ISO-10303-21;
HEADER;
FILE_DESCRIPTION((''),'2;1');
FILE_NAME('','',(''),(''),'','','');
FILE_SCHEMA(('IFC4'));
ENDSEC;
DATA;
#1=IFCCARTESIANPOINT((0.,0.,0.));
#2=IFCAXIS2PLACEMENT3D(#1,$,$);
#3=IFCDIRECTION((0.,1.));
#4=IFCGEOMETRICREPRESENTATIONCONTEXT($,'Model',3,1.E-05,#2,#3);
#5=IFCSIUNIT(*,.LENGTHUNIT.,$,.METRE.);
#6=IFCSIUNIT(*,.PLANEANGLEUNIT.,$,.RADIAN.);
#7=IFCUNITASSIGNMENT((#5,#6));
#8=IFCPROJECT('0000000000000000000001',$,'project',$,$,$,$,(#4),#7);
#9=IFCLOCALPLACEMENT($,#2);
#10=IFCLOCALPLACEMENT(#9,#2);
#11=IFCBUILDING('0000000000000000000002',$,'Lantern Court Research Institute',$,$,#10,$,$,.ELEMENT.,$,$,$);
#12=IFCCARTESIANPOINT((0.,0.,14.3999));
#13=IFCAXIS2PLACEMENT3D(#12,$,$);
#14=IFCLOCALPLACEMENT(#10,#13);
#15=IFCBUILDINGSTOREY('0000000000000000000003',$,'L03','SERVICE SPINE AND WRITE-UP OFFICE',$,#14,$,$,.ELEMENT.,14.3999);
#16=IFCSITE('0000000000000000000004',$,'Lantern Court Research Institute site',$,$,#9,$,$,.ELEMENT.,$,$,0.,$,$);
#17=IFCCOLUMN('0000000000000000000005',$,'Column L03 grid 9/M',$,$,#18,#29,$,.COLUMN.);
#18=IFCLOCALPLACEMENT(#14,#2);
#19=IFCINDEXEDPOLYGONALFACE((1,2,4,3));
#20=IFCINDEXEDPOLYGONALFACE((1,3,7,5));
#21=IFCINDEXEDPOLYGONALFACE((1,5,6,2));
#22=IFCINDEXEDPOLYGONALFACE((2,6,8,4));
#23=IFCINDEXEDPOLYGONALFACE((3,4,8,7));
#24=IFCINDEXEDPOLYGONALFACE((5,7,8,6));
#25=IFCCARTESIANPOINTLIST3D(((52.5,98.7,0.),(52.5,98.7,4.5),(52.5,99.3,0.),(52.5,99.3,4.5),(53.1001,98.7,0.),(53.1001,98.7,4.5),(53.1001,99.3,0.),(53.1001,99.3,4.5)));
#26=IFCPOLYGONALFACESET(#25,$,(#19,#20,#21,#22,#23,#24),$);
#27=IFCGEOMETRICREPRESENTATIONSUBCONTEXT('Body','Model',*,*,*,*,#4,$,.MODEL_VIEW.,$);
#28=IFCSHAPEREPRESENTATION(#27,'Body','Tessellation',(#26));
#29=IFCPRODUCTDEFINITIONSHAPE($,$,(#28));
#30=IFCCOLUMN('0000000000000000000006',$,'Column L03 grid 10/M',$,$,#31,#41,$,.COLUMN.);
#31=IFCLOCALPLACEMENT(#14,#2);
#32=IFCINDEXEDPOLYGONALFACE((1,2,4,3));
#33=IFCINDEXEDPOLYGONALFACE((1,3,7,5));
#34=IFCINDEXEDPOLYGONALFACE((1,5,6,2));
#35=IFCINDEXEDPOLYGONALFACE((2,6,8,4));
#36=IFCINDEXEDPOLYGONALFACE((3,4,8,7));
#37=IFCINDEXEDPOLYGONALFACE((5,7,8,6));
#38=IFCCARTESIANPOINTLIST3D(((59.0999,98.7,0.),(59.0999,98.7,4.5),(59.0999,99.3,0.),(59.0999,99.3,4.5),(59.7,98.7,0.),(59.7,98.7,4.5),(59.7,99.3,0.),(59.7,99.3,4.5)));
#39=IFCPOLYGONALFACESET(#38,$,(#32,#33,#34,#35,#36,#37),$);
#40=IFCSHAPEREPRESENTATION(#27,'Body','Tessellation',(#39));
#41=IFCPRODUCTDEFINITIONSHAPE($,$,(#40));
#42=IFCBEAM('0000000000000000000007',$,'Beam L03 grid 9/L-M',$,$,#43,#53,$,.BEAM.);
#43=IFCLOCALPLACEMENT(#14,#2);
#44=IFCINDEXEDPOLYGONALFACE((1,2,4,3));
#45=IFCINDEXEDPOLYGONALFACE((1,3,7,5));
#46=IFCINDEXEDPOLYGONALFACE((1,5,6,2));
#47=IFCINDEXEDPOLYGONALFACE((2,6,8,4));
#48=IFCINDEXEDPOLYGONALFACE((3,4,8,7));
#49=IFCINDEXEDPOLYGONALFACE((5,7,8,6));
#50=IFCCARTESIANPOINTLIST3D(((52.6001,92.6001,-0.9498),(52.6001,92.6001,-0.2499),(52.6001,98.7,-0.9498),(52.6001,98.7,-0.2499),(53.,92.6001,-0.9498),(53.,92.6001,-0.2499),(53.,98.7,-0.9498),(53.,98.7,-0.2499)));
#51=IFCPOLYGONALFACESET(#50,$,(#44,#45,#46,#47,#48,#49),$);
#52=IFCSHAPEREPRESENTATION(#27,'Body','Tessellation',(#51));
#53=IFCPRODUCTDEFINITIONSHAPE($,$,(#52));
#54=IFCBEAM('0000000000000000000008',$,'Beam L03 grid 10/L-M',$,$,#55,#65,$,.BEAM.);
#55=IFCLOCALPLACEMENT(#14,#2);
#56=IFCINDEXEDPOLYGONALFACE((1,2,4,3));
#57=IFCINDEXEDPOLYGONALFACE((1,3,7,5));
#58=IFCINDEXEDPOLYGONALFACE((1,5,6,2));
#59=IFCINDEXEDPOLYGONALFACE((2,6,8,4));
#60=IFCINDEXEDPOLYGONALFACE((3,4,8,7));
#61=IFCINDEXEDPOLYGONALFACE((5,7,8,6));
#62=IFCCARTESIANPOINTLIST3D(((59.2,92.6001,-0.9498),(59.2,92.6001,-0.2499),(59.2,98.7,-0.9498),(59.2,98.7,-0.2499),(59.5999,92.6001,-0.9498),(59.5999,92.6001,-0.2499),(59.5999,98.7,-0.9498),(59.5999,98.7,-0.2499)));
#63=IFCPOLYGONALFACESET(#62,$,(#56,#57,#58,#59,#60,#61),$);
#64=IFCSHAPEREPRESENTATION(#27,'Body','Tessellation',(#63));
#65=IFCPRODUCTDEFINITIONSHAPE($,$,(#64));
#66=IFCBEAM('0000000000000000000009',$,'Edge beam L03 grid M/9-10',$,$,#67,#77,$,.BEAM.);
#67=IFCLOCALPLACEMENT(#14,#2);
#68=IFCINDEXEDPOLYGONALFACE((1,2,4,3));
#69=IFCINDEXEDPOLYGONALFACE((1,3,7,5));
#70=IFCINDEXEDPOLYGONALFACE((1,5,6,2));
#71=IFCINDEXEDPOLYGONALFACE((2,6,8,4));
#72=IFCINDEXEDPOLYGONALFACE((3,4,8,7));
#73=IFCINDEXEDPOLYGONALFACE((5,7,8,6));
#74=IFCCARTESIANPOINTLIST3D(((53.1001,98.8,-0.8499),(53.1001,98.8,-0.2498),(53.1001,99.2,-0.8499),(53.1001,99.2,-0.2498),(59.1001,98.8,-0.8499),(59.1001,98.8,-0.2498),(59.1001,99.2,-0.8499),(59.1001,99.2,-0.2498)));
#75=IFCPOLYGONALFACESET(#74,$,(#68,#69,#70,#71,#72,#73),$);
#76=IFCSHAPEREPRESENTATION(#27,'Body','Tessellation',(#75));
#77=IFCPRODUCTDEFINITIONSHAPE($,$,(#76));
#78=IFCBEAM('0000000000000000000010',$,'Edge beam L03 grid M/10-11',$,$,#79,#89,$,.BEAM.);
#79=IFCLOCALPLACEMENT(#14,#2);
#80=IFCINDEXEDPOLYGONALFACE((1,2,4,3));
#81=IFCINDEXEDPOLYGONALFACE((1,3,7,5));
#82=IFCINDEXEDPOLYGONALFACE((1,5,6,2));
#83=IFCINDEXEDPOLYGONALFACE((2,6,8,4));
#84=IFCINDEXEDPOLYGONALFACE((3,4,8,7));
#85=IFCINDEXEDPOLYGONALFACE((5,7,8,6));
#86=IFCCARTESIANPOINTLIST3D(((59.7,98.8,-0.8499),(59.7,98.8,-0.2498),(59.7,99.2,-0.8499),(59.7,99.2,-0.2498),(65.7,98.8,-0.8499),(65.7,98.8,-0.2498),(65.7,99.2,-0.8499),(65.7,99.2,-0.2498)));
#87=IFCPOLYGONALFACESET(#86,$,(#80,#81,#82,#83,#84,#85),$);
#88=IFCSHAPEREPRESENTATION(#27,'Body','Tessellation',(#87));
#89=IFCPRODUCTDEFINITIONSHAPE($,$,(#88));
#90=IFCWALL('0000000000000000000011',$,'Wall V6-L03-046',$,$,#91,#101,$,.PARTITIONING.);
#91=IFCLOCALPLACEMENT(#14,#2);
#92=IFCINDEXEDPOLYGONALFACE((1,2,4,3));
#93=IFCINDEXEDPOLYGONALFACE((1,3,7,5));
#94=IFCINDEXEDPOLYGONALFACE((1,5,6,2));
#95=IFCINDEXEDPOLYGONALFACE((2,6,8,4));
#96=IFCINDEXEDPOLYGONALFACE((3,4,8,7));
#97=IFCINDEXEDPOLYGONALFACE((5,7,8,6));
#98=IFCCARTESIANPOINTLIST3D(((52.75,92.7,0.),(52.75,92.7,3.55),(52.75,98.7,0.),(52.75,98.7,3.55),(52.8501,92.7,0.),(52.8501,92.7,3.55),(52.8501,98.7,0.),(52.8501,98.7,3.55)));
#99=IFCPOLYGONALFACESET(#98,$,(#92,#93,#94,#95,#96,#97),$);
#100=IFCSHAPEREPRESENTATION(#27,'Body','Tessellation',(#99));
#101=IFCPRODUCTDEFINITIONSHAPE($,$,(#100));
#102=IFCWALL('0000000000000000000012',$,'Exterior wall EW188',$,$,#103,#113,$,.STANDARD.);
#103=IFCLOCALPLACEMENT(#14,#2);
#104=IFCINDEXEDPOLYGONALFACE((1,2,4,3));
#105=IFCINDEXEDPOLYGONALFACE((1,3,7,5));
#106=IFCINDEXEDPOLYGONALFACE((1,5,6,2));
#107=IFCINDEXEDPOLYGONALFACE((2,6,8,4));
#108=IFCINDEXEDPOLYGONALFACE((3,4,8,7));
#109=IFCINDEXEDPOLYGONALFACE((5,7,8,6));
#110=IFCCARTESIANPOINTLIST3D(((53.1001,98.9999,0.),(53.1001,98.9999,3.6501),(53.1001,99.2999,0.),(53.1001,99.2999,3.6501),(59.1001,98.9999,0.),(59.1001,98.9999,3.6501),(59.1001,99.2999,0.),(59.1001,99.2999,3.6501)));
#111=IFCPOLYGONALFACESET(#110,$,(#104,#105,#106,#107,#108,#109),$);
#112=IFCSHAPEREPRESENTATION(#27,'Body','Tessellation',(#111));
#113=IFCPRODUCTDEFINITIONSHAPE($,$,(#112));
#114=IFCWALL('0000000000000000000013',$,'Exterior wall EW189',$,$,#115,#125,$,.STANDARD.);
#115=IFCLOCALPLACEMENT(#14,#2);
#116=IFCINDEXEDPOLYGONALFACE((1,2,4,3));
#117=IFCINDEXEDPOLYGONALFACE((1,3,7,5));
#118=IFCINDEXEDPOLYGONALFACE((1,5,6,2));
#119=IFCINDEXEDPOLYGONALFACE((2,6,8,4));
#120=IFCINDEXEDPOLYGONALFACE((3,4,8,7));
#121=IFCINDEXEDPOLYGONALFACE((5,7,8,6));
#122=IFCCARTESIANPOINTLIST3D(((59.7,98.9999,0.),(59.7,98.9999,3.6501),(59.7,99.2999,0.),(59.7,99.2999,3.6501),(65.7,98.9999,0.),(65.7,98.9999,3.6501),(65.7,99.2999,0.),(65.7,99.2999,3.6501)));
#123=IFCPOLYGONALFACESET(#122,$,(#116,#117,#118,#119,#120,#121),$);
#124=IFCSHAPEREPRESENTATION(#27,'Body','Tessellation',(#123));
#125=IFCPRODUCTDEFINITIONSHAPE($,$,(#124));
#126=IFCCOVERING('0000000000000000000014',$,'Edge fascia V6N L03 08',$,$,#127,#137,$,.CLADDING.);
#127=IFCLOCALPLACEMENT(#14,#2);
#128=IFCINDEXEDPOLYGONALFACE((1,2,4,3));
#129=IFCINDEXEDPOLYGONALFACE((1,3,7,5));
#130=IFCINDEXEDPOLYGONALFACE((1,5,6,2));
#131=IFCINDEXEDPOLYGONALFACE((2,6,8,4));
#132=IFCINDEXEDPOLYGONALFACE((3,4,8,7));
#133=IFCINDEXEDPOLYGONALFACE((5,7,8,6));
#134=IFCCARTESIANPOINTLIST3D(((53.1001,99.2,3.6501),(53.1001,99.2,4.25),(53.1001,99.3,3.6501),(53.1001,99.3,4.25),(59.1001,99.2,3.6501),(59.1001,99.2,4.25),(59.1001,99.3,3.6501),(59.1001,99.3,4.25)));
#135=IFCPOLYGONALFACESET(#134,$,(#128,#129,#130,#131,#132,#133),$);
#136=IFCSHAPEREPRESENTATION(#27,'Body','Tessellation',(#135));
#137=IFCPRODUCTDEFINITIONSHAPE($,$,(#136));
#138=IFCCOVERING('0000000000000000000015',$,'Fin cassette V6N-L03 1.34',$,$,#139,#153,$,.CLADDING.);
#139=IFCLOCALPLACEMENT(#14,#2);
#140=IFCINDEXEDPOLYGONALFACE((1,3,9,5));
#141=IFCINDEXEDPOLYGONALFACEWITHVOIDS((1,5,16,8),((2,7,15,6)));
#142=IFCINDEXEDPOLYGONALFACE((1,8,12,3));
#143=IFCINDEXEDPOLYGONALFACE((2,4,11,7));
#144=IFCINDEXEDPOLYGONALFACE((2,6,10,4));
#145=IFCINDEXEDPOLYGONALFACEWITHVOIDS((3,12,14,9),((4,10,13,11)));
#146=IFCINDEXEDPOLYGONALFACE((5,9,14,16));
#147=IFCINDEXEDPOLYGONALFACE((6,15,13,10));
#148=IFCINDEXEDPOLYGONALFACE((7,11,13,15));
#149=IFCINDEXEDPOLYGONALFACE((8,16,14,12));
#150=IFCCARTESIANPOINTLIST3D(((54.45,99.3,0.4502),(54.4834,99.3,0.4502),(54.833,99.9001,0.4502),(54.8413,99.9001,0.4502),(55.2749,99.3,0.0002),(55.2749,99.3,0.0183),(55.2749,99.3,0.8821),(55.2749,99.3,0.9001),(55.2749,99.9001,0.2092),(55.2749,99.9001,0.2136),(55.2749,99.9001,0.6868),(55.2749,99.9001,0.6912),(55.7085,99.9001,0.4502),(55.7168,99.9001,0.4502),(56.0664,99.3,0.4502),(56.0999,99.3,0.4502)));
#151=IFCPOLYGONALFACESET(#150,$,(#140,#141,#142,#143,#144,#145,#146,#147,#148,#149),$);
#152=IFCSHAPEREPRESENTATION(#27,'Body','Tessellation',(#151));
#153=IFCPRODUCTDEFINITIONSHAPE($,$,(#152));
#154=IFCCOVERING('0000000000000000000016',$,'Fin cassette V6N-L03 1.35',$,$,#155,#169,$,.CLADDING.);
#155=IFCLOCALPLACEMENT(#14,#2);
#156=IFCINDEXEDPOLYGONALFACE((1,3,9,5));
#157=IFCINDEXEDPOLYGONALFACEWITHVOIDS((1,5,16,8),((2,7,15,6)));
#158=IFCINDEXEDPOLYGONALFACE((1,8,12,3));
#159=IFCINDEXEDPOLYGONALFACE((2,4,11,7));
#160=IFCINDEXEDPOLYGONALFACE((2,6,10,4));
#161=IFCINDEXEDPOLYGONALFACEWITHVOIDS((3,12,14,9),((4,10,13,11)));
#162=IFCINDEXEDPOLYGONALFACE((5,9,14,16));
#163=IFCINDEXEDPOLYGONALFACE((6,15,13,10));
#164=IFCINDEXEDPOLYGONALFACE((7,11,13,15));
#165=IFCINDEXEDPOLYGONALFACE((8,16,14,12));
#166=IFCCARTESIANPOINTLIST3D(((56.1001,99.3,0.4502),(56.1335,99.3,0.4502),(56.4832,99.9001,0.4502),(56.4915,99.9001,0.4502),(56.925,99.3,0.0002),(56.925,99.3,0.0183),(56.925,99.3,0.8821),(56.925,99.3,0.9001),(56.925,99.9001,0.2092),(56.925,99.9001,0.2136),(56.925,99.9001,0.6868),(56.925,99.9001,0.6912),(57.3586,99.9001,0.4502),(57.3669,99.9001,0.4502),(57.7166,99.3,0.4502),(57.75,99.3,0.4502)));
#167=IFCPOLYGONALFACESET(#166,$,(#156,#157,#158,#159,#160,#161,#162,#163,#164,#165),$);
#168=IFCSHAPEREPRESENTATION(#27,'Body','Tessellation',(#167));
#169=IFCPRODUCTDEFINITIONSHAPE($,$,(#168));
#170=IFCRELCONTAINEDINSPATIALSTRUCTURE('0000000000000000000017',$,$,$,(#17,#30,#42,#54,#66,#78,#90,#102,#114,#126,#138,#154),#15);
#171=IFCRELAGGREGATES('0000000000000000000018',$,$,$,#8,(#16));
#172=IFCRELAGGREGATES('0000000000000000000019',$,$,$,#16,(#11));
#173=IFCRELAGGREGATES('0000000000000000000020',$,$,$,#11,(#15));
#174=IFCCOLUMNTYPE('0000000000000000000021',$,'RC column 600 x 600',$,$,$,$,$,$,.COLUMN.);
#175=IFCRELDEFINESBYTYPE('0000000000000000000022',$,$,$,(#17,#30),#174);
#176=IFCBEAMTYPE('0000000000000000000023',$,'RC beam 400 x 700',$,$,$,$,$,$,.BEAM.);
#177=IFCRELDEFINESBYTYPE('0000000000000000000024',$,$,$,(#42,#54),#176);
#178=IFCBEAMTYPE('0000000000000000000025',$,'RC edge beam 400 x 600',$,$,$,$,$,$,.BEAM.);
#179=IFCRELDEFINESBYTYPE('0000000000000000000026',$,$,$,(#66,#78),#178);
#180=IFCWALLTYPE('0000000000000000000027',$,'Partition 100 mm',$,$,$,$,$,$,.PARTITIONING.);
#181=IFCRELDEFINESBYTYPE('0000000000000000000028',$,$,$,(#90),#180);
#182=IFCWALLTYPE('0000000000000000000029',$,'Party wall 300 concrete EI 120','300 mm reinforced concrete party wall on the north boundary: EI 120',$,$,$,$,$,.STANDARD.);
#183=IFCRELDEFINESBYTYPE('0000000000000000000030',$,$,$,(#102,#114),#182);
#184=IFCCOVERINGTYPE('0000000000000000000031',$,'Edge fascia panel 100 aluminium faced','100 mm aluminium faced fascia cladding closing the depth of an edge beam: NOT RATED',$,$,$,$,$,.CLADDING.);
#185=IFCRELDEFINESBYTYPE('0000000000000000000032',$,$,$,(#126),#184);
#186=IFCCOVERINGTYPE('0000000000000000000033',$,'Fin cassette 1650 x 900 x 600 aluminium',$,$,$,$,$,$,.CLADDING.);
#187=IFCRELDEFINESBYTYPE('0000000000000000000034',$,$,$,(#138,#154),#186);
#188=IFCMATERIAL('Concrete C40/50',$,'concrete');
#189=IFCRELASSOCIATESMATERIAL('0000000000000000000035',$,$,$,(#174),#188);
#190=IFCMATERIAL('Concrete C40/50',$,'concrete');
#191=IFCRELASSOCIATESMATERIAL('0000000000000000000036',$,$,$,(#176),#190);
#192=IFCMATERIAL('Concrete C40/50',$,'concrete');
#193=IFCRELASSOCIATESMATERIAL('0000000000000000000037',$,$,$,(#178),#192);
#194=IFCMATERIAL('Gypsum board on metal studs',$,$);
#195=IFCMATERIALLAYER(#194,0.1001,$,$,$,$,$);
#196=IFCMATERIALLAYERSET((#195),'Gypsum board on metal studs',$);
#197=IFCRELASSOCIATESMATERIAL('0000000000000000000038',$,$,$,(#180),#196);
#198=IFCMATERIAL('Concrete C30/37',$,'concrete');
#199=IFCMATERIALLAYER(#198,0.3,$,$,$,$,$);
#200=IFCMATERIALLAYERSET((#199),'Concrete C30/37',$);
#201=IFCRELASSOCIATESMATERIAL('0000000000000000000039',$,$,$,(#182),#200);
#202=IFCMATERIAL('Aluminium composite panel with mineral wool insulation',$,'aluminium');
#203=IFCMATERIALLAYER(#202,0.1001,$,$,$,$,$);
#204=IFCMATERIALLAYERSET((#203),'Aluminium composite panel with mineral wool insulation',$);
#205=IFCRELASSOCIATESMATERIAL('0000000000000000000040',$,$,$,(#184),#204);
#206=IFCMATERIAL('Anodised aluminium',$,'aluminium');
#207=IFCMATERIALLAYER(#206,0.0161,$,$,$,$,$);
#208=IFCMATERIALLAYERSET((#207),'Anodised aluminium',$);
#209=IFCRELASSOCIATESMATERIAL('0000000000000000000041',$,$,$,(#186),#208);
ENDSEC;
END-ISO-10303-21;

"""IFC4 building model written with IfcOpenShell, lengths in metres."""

from ifc_helpers import new_model, entity, si_unit, direction, frame, frame_2d, origin, origin_2d, place, context, subcontext, project, spatial, rectangle, extrude, material, layer, layer_set, material_profile, profile_set, type_object, element, save


model = new_model("IFC4")

# Units and contexts
model_context = context("Model", 3, precision=1e-05, world=origin(), true_north=direction((0.0, 1.0)))
body_context = subcontext(model_context, "Body", "Model", "MODEL_VIEW")
ifc_project = project(units=[si_unit("LENGTHUNIT", "METRE"), si_unit("PLANEANGLEUNIT", "RADIAN")], contexts=[model_context])

# Site, building, storey
site_placement = place(None, origin())
site = spatial("IfcSite", under=ifc_project, at=site_placement, Name="Lantern Court Research Institute site", CompositionType="ELEMENT", RefElevation=0.0)
building_placement = place(site_placement, origin())
building = spatial("IfcBuilding", under=site, at=building_placement, Name="Lantern Court Research Institute", CompositionType="ELEMENT")
storey_placement = place(building_placement, frame((0.0, 0.0, 14.3999)))
storey = spatial("IfcBuildingStorey", under=building, at=storey_placement, Name="L03", Description="SERVICE SPINE AND WRITE-UP OFFICE", CompositionType="ELEMENT", Elevation=14.3999)

# Columns
ifc_material_1 = material(Name="Concrete C40/50", Category="concrete")
ifc_material_profile_1 = material_profile(ifc_material_1, rectangle(XDim=0.6001, YDim=0.6001, at=origin_2d()), Name="RC column 600 x 600")
ifc_profile_set_1 = profile_set([ifc_material_profile_1], Name="Concrete C40/50")
column_type = type_object("IfcColumnType", Name="RC column 600 x 600", PredefinedType="COLUMN", material=ifc_profile_set_1)
for number, where, z_axis, x_axis, name in (
    (1, (52.8, 99.0, 0.0), (0.0, 0.0, 1.0), (1.0, 0.0, 0.0), "Column L03 grid 9/M"),
    (2, (59.3999, 99.0, 0.0), (0.0, 0.0, 1.0), (1.0, 0.0, 0.0), "Column L03 grid 10/M"),
):
    element("IfcColumn", number, at=place(storey_placement, frame(where, z_axis=z_axis, x_axis=x_axis)), inside=storey, type_object=column_type, Name=name, PredefinedType="COLUMN", context=body_context, shape_type="SweptSolid", body=[
        extrude(rectangle(XDim=0.6001, YDim=0.6001, at=origin_2d()), origin(), (0.0, 0.0, 1.0), 4.5),
    ])

# Beams
ifc_material_2 = material(Name="Concrete C40/50", Category="concrete")
ifc_material_profile_2 = material_profile(ifc_material_2, rectangle(XDim=0.3999, YDim=0.7, at=origin_2d()), Name="RC beam 400 x 700")
ifc_profile_set_2 = profile_set([ifc_material_profile_2], Name="Concrete C40/50")
beam_type_1 = type_object("IfcBeamType", Name="RC beam 400 x 700", PredefinedType="BEAM", material=ifc_profile_set_2)
for number, where, z_axis, x_axis, name in (
    (3, (52.8, 92.6001, -0.5999), (0.0, 1.0, 0.0), (-1.0, 0.0, 0.0), "Beam L03 grid 9/L-M"),
    (4, (59.3999, 92.6001, -0.5999), (0.0, 1.0, 0.0), (-1.0, 0.0, 0.0), "Beam L03 grid 10/L-M"),
):
    element("IfcBeam", number, at=place(storey_placement, frame(where, z_axis=z_axis, x_axis=x_axis)), inside=storey, type_object=beam_type_1, Name=name, PredefinedType="BEAM", context=body_context, shape_type="SweptSolid", body=[
        extrude(rectangle(XDim=0.3999, YDim=0.7, at=origin_2d()), origin(), (0.0, 0.0, 1.0), 6.0999),
    ])
ifc_material_3 = material(Name="Concrete C40/50", Category="concrete")
ifc_material_profile_3 = material_profile(ifc_material_3, rectangle(XDim=0.3999, YDim=0.6001, at=origin_2d()), Name="RC beam 400 x 600")
ifc_profile_set_3 = profile_set([ifc_material_profile_3], Name="Concrete C40/50")
beam_type_2 = type_object("IfcBeamType", Name="RC edge beam 400 x 600", PredefinedType="BEAM", material=ifc_profile_set_3)
for number, where, z_axis, x_axis, name in (
    (5, (53.1001, 99.0, -0.5498), (1.0, 0.0, 0.0), (0.0, 1.0, 0.0), "Edge beam L03 grid M/9-10"),
    (6, (59.7, 99.0, -0.5498), (1.0, 0.0, 0.0), (0.0, 1.0, 0.0), "Edge beam L03 grid M/10-11"),
):
    element("IfcBeam", number, at=place(storey_placement, frame(where, z_axis=z_axis, x_axis=x_axis)), inside=storey, type_object=beam_type_2, Name=name, PredefinedType="BEAM", context=body_context, shape_type="SweptSolid", body=[
        extrude(rectangle(XDim=0.3999, YDim=0.6001, at=origin_2d()), origin(), (0.0, 0.0, 1.0), 6.0),
    ])

# Walls
ifc_material_4 = material(Name="Gypsum board on metal studs")
ifc_layer_1 = layer(ifc_material_4, 0.1001)
ifc_layer_set_1 = layer_set([ifc_layer_1], Name="Gypsum board on metal studs")
wall_type_1 = type_object("IfcWallType", Name="Partition 100 mm", PredefinedType="PARTITIONING", material=ifc_layer_set_1)
wall_placement = place(storey_placement, frame((52.8, 92.7, 0.0), z_axis=(0.0, 0.0, 1.0), x_axis=(0.0, 1.0, 0.0)))
element("IfcWall", 7, at=wall_placement, inside=storey, type_object=wall_type_1, Name="Wall V6-L03-046", PredefinedType="PARTITIONING", context=body_context, shape_type="SweptSolid", body=[
    extrude(rectangle(XDim=6.0, YDim=0.1001, at=frame_2d((3.0, 0.0))), origin(), (0.0, 0.0, 1.0), 3.55),
])
ifc_material_5 = material(Name="Concrete C30/37", Category="concrete")
ifc_layer_2 = layer(ifc_material_5, 0.3)
ifc_layer_set_2 = layer_set([ifc_layer_2], Name="Concrete C30/37")
wall_type_2 = type_object("IfcWallType", Name="Party wall 300 concrete EI 120", Description="300 mm reinforced concrete party wall on the north boundary: EI 120", PredefinedType="STANDARD", material=ifc_layer_set_2)
for number, where, z_axis, x_axis, name in (
    (8, (53.1001, 99.1499, 0.0), (0.0, 0.0, 1.0), (1.0, 0.0, 0.0), "Exterior wall EW188"),
    (9, (59.7, 99.1499, 0.0), (0.0, 0.0, 1.0), (1.0, 0.0, 0.0), "Exterior wall EW189"),
):
    element("IfcWall", number, at=place(storey_placement, frame(where, z_axis=z_axis, x_axis=x_axis)), inside=storey, type_object=wall_type_2, Name=name, PredefinedType="STANDARD", context=body_context, shape_type="SweptSolid", body=[
        extrude(rectangle(XDim=6.0, YDim=0.3, at=frame_2d((3.0, 0.0))), origin(), (0.0, 0.0, 1.0), 3.6501),
    ])

# Coverings
ifc_material_6 = material(Name="Aluminium composite panel with mineral wool insulation", Category="aluminium")
ifc_layer_3 = layer(ifc_material_6, 0.1001)
ifc_layer_set_3 = layer_set([ifc_layer_3], Name="Aluminium composite panel with mineral wool insulation")
covering_type_1 = type_object("IfcCoveringType", Name="Edge fascia panel 100 aluminium faced", Description="100 mm aluminium faced fascia cladding closing the depth of an edge beam: NOT RATED", PredefinedType="CLADDING", material=ifc_layer_set_3)
covering_1_placement = place(storey_placement, frame((53.1001, 99.25, 3.6501), z_axis=(0.0, 0.0, 1.0), x_axis=(1.0, 0.0, 0.0)))
element("IfcCovering", 10, at=covering_1_placement, inside=storey, type_object=covering_type_1, Name="Edge fascia V6N L03 08", PredefinedType="CLADDING", context=body_context, shape_type="SweptSolid", body=[
    extrude(rectangle(XDim=6.0, YDim=0.1001, at=frame_2d((3.0, 0.0))), origin(), (0.0, 0.0, 1.0), 0.5999),
])
ifc_material_7 = material(Name="Anodised aluminium", Category="aluminium")
ifc_layer_4 = layer(ifc_material_7, 0.0161)
ifc_layer_set_4 = layer_set([ifc_layer_4], Name="Anodised aluminium")
covering_type_2 = type_object("IfcCoveringType", Name="Fin cassette 1650 x 900 x 600 aluminium", PredefinedType="CLADDING", material=ifc_layer_set_4)
covering_2_placement = place(storey_placement, frame((55.2749, 99.3, 0.4502), z_axis=(0.0, 1.0, 0.0), x_axis=(-1.0, 0.0, 0.0)))
cartesian_point_1 = entity("IfcCartesianPoint", [0.825, 0.0])
cartesian_point_2 = entity("IfcCartesianPoint", [0.7915, 0.0])
cartesian_point_3 = entity("IfcCartesianPoint", [0.4419, 0.0])
cartesian_point_4 = entity("IfcCartesianPoint", [0.4336, 0.0])
element("IfcCovering", 11, at=covering_2_placement, inside=storey, type_object=covering_type_2, Name="Fin cassette V6N-L03 1.34", PredefinedType="CLADDING", context=body_context, shape_type="SweptSolid", body=[
    entity("IfcExtrudedAreaSolidTapered", entity("IfcArbitraryProfileDefWithVoids", "AREA", None, entity("IfcPolyline", [cartesian_point_1, entity("IfcCartesianPoint", [0.0, 0.45]), entity("IfcCartesianPoint", [-0.825, 0.0]), entity("IfcCartesianPoint", [0.0, -0.45]), cartesian_point_1]), [entity("IfcPolyline", [cartesian_point_2, entity("IfcCartesianPoint", [0.0, 0.4319]), entity("IfcCartesianPoint", [-0.7915, 0.0]), entity("IfcCartesianPoint", [0.0, -0.4319]), cartesian_point_2])]), entity("IfcAxis2Placement3D", entity("IfcCartesianPoint", [0.0, 0.0, 0.0])), entity("IfcDirection", [0.0, 0.0, 1.0]), 0.6001, entity("IfcArbitraryProfileDefWithVoids", "AREA", None, entity("IfcPolyline", [cartesian_point_3, entity("IfcCartesianPoint", [0.0, 0.241]), entity("IfcCartesianPoint", [-0.4419, 0.0]), entity("IfcCartesianPoint", [0.0, -0.241]), cartesian_point_3]), [entity("IfcPolyline", [cartesian_point_4, entity("IfcCartesianPoint", [0.0, 0.2366]), entity("IfcCartesianPoint", [-0.4336, 0.0]), entity("IfcCartesianPoint", [0.0, -0.2366]), cartesian_point_4])])),
])
covering_3_placement = place(storey_placement, frame((56.925, 99.3, 0.4502), z_axis=(0.0, 1.0, 0.0), x_axis=(-1.0, 0.0, 0.0)))
cartesian_point_5 = entity("IfcCartesianPoint", [0.825, 0.0])
cartesian_point_6 = entity("IfcCartesianPoint", [0.7915, 0.0])
cartesian_point_7 = entity("IfcCartesianPoint", [0.4419, 0.0])
cartesian_point_8 = entity("IfcCartesianPoint", [0.4336, 0.0])
element("IfcCovering", 12, at=covering_3_placement, inside=storey, type_object=covering_type_2, Name="Fin cassette V6N-L03 1.35", PredefinedType="CLADDING", context=body_context, shape_type="SweptSolid", body=[
    entity("IfcExtrudedAreaSolidTapered", entity("IfcArbitraryProfileDefWithVoids", "AREA", None, entity("IfcPolyline", [cartesian_point_5, entity("IfcCartesianPoint", [0.0, 0.45]), entity("IfcCartesianPoint", [-0.825, 0.0]), entity("IfcCartesianPoint", [0.0, -0.45]), cartesian_point_5]), [entity("IfcPolyline", [cartesian_point_6, entity("IfcCartesianPoint", [0.0, 0.4319]), entity("IfcCartesianPoint", [-0.7915, 0.0]), entity("IfcCartesianPoint", [0.0, -0.4319]), cartesian_point_6])]), entity("IfcAxis2Placement3D", entity("IfcCartesianPoint", [0.0, 0.0, 0.0])), entity("IfcDirection", [0.0, 0.0, 1.0]), 0.6001, entity("IfcArbitraryProfileDefWithVoids", "AREA", None, entity("IfcPolyline", [cartesian_point_7, entity("IfcCartesianPoint", [0.0, 0.241]), entity("IfcCartesianPoint", [-0.4419, 0.0]), entity("IfcCartesianPoint", [0.0, -0.241]), cartesian_point_7]), [entity("IfcPolyline", [cartesian_point_8, entity("IfcCartesianPoint", [0.0, 0.2366]), entity("IfcCartesianPoint", [-0.4336, 0.0]), entity("IfcCartesianPoint", [0.0, -0.2366]), cartesian_point_8])])),
])

save(model, "model.ifc")
